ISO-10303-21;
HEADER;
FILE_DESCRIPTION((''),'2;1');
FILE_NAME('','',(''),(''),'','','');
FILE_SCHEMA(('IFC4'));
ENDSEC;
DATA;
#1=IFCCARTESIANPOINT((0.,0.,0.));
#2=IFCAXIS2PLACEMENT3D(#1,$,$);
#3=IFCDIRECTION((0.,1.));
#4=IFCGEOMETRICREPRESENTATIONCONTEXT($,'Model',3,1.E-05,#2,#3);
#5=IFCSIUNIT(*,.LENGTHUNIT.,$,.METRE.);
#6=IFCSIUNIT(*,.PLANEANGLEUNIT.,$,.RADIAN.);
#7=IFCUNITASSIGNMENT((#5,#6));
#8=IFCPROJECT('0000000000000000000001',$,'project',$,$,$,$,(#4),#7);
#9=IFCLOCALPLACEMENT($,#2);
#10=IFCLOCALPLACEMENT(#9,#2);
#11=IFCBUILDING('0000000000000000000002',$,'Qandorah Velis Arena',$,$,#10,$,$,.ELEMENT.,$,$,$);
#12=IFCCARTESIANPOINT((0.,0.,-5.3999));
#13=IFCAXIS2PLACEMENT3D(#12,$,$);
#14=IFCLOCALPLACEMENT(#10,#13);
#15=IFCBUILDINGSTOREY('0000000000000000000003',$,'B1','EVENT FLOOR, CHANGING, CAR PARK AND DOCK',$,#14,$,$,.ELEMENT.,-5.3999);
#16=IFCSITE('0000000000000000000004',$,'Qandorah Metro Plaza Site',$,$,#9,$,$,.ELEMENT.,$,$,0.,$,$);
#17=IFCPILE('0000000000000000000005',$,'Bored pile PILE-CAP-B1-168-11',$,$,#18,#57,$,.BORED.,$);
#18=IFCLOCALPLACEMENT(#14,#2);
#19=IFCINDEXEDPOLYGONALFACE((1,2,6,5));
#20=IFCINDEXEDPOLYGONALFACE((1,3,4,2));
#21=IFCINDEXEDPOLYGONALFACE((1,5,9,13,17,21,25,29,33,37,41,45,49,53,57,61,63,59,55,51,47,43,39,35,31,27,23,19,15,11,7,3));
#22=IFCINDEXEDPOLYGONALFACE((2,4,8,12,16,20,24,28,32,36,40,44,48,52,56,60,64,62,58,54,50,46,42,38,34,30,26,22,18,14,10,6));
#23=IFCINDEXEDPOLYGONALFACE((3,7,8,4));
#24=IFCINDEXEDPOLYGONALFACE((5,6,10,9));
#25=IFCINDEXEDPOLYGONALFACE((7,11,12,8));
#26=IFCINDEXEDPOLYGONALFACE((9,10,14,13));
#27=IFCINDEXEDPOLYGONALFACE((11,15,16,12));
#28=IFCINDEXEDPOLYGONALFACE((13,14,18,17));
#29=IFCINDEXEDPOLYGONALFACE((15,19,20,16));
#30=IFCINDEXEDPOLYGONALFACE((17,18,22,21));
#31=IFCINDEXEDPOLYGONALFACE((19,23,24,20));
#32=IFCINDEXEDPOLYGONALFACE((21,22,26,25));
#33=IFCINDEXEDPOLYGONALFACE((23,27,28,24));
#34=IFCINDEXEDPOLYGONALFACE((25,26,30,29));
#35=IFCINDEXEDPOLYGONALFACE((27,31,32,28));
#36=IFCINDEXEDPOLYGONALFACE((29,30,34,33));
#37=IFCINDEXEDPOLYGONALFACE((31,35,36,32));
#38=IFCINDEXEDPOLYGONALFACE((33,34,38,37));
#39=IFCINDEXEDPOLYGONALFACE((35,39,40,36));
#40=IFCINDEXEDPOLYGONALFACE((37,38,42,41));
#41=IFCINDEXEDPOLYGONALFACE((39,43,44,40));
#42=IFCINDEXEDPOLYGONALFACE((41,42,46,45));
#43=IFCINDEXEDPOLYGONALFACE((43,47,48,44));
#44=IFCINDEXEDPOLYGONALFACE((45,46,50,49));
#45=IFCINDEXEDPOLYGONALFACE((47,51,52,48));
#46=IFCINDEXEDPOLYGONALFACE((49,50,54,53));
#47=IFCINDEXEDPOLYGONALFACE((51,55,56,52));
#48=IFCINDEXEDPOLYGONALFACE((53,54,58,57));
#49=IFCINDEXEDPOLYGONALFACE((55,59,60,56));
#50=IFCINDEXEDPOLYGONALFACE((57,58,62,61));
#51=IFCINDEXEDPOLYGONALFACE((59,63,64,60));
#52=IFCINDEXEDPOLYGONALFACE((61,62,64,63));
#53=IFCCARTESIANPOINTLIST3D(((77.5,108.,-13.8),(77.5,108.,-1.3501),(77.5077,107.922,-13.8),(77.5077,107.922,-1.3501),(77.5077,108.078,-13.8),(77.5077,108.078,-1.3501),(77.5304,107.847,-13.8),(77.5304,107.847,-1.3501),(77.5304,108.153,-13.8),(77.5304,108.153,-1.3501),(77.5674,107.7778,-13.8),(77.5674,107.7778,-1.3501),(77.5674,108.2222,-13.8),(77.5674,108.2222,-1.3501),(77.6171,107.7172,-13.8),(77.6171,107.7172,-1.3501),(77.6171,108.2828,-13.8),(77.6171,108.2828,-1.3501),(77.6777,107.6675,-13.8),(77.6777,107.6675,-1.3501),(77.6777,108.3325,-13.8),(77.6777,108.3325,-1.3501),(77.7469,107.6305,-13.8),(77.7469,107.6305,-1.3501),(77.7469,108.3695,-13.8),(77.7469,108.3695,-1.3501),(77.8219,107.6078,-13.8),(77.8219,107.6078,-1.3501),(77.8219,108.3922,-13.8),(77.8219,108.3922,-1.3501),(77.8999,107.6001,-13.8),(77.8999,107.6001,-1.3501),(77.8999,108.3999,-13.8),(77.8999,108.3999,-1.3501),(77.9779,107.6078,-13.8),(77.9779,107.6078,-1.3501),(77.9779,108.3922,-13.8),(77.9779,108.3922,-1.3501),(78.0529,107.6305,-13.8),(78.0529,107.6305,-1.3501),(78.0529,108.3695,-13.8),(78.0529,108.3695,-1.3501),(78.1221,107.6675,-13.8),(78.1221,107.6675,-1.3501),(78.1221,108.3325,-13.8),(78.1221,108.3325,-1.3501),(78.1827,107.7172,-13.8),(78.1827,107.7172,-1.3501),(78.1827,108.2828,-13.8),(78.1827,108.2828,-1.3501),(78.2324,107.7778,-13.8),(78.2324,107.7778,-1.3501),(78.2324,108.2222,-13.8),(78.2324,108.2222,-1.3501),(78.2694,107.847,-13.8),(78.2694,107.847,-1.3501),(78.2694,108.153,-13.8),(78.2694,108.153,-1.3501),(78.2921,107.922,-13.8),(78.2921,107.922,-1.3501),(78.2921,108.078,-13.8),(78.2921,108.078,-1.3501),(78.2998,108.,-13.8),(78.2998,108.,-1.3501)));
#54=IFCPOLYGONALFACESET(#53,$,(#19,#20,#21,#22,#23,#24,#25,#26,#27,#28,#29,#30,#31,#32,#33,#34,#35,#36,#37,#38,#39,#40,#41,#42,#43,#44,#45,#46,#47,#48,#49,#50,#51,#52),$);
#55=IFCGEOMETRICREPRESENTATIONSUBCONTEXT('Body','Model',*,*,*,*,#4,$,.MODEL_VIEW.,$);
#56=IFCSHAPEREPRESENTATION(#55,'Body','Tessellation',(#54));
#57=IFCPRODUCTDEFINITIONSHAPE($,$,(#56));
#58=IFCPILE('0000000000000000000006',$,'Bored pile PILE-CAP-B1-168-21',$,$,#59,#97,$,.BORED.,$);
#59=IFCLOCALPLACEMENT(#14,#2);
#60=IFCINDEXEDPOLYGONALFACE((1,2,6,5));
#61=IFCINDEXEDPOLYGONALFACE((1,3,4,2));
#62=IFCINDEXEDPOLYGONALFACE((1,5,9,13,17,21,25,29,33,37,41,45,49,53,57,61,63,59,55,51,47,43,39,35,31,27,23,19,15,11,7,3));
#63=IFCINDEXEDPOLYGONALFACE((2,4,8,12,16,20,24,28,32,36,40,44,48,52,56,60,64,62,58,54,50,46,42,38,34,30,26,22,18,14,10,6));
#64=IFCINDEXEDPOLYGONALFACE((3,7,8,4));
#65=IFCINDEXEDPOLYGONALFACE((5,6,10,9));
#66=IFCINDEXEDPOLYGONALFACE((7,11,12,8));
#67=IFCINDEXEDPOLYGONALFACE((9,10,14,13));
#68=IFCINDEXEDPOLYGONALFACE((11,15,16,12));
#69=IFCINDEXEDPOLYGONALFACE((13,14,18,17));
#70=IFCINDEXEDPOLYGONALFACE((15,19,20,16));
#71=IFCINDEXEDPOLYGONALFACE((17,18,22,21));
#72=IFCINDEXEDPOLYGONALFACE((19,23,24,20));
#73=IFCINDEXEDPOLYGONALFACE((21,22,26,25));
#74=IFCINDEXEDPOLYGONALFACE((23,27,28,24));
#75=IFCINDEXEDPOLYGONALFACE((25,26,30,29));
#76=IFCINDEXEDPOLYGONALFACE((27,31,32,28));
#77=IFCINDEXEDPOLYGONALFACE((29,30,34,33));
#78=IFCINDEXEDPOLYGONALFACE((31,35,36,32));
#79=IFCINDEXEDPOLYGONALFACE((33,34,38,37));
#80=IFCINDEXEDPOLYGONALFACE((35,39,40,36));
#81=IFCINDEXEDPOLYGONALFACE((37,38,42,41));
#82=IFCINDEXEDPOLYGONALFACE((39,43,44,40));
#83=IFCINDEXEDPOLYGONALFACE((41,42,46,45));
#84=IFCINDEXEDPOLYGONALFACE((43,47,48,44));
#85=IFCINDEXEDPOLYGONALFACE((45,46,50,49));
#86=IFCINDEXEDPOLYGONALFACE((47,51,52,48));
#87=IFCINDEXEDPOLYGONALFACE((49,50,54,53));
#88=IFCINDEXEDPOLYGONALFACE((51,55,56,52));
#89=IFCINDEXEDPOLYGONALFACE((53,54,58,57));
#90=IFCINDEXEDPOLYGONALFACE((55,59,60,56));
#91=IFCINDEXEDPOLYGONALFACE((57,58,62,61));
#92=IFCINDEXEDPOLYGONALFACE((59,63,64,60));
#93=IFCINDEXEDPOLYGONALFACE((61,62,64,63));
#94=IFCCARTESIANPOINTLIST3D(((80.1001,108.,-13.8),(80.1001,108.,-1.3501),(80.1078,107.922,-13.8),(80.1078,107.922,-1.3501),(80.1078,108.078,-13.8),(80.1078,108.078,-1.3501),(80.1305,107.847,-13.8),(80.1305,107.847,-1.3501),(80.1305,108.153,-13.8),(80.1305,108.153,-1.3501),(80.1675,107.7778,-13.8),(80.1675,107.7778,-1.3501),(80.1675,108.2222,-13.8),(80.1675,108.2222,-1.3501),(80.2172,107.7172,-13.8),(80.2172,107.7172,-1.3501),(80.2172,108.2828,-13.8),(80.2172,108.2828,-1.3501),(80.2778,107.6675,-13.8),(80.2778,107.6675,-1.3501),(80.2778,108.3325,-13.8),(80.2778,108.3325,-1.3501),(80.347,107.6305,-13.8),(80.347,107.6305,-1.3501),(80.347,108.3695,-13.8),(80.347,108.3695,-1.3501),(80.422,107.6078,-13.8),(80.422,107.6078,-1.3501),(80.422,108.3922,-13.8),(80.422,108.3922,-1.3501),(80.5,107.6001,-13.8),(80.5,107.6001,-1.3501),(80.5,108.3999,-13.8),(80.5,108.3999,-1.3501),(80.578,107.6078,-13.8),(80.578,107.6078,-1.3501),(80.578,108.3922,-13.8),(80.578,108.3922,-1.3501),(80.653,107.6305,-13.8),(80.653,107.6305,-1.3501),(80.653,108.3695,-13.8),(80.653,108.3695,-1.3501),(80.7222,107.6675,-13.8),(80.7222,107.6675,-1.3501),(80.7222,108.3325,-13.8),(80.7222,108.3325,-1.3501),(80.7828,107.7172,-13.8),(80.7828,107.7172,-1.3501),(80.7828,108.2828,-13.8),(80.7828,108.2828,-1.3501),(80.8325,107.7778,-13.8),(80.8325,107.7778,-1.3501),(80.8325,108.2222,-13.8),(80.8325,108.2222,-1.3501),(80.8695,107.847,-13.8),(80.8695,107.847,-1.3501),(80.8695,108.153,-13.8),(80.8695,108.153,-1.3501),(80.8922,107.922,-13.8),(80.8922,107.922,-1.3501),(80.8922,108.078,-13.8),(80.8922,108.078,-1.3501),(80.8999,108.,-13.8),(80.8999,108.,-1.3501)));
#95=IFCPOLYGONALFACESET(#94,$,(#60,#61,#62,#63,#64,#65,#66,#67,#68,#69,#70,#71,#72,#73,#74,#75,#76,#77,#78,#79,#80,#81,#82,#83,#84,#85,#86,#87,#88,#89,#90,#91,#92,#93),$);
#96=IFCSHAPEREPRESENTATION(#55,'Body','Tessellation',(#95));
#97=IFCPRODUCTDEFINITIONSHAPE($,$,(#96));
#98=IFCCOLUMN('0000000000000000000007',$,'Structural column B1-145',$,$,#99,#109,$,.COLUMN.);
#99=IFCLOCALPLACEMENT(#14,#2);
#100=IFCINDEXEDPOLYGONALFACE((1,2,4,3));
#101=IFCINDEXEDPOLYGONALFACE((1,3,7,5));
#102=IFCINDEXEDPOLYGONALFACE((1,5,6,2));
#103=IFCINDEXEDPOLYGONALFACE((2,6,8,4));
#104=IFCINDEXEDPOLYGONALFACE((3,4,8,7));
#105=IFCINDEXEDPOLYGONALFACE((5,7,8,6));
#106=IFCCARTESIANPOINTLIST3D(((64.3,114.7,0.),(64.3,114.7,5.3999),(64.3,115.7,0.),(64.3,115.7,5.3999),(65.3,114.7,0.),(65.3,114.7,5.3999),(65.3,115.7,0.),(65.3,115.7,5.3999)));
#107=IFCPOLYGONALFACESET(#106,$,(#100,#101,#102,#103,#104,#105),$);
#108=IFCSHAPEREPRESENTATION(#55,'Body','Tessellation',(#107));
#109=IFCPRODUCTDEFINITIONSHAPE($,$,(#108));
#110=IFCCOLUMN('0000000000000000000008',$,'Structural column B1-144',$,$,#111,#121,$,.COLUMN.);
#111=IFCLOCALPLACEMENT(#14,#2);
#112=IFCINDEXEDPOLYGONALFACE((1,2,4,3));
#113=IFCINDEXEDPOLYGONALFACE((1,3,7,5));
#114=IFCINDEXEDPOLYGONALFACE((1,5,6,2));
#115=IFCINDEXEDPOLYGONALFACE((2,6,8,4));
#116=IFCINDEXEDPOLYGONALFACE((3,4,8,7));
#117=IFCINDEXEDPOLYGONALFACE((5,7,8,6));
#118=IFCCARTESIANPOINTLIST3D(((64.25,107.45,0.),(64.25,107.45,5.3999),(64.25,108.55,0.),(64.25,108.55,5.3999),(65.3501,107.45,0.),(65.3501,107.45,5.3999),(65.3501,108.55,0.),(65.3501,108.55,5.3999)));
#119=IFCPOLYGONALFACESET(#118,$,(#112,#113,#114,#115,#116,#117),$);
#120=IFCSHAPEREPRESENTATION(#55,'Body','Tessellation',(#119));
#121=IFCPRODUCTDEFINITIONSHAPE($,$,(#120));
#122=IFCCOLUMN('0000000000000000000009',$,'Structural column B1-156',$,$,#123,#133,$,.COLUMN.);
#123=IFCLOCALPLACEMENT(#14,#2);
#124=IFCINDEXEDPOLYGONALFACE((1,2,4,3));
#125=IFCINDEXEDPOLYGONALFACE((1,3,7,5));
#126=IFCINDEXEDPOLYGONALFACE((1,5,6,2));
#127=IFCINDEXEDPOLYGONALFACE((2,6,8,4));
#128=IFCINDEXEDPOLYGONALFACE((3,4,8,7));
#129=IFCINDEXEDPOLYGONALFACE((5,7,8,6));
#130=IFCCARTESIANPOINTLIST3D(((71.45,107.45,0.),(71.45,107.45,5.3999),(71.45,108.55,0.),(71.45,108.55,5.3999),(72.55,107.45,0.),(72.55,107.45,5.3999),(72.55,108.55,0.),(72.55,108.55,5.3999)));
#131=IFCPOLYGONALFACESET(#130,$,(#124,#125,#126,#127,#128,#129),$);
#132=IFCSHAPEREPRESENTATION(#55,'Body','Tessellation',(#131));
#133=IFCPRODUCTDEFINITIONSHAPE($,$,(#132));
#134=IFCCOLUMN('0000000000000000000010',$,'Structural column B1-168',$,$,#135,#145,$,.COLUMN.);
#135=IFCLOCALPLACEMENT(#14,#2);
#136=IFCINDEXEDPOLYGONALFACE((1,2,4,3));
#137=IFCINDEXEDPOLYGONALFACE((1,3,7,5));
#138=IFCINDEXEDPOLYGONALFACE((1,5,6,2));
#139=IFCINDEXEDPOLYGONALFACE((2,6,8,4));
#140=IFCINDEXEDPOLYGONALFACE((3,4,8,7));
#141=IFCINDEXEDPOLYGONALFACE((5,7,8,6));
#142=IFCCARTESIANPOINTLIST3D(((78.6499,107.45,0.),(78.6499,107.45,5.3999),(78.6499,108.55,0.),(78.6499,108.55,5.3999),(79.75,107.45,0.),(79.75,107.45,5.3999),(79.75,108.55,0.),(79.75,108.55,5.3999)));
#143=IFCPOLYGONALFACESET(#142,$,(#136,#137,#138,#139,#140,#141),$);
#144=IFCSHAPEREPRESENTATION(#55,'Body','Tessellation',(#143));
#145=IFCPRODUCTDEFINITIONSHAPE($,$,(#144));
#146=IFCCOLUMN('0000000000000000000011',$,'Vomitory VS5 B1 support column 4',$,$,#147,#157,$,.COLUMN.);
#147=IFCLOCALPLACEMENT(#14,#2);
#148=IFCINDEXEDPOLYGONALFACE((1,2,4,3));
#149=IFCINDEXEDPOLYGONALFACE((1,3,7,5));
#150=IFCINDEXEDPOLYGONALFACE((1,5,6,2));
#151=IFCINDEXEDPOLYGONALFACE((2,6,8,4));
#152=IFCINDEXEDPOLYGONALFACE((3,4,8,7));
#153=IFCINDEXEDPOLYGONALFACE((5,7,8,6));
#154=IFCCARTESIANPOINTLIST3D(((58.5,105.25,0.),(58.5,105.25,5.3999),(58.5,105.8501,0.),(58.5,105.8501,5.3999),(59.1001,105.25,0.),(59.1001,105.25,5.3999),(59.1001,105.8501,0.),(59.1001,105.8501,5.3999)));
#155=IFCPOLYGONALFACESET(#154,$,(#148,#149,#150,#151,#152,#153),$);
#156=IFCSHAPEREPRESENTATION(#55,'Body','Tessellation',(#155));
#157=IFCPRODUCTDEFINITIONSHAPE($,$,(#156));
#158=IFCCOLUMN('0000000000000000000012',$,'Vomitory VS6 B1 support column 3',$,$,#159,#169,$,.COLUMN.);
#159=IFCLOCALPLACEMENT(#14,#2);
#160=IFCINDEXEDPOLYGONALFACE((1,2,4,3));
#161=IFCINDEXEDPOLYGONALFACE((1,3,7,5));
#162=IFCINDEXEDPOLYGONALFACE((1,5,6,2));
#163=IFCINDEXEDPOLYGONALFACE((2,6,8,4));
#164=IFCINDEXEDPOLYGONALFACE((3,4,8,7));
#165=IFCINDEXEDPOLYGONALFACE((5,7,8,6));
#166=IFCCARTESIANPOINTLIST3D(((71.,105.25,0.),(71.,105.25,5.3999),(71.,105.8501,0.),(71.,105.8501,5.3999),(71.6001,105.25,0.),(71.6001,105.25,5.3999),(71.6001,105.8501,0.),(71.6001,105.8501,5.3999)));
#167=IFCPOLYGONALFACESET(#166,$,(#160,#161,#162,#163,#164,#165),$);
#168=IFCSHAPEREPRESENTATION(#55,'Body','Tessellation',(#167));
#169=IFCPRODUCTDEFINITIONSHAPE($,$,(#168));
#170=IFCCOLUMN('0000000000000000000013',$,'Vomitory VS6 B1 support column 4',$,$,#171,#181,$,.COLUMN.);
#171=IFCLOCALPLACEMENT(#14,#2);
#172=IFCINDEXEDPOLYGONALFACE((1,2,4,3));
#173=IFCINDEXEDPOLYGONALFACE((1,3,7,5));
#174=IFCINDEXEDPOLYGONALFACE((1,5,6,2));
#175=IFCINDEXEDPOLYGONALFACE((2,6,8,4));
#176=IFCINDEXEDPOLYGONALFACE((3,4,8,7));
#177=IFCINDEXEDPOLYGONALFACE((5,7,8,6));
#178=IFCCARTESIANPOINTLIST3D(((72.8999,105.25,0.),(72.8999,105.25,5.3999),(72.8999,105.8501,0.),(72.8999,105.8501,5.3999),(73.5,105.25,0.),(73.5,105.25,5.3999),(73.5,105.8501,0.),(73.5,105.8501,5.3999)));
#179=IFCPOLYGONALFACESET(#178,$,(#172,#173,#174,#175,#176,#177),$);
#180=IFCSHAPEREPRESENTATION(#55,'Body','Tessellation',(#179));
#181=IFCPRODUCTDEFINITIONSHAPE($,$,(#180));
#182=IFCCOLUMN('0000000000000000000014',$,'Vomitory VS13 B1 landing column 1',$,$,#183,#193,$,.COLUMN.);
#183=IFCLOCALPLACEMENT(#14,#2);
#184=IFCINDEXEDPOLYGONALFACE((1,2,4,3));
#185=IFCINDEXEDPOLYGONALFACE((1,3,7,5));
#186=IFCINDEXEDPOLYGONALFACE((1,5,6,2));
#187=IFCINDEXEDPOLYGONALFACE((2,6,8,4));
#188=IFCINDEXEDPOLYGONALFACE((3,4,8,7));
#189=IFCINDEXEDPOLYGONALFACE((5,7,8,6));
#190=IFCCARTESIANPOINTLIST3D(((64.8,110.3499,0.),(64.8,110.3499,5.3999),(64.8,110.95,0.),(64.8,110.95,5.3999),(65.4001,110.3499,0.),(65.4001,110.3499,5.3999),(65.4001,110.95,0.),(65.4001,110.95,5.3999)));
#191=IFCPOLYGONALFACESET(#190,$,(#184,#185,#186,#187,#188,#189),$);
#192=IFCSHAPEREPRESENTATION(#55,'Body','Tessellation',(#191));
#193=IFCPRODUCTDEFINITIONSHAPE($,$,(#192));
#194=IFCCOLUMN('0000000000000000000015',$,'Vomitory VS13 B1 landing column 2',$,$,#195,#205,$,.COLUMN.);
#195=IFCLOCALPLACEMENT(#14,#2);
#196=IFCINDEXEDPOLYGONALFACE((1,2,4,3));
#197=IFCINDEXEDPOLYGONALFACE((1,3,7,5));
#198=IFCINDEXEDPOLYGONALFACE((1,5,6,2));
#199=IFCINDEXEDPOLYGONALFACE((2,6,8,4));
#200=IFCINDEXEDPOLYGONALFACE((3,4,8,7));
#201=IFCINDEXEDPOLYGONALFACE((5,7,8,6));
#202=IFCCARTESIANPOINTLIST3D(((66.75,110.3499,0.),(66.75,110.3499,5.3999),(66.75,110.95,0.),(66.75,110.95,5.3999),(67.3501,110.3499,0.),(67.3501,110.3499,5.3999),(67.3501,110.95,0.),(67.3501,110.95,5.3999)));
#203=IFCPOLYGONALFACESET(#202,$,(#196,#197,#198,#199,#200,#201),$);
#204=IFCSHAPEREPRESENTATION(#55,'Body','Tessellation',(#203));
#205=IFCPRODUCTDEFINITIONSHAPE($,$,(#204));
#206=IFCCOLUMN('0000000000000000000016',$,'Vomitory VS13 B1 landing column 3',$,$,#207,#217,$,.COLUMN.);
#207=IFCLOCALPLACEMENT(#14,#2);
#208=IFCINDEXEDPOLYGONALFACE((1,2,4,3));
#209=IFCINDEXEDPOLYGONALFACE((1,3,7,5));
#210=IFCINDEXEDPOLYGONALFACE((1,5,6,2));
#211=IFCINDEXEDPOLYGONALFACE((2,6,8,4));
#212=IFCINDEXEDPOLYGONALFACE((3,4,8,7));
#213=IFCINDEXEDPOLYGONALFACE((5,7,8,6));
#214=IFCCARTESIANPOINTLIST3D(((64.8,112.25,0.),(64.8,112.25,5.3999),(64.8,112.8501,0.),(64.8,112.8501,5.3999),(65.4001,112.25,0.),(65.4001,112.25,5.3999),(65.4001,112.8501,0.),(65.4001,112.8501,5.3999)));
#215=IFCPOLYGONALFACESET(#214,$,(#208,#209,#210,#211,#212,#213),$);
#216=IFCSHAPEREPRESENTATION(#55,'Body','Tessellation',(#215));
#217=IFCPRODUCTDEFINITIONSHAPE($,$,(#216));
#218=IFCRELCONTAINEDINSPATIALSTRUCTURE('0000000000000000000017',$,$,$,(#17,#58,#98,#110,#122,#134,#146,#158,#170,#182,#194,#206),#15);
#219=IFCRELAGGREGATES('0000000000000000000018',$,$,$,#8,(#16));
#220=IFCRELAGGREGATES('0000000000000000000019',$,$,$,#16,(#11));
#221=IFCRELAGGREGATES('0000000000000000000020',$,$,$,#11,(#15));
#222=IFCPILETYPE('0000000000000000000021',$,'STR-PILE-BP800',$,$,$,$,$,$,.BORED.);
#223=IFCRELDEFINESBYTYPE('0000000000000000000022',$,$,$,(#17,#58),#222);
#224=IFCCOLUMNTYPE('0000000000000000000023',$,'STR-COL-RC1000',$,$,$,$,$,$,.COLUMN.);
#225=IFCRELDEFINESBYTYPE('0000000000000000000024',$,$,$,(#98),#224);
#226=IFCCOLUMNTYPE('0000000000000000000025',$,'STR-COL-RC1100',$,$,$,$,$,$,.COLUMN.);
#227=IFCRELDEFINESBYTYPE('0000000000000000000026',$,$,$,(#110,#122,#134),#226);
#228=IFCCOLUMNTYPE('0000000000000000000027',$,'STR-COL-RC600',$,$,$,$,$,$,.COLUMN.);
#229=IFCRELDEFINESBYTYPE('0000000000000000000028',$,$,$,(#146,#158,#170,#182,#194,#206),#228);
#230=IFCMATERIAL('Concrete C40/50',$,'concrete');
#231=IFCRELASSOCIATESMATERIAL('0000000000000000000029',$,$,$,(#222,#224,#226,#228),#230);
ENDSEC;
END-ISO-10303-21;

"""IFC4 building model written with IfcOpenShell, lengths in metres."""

from ifc_helpers import new_model, si_unit, direction, frame, origin, origin_2d, place, context, subcontext, project, spatial, rectangle, circle, extrude, material, material_profile, profile_set, type_object, element, save


model = new_model("IFC4")

# Units and contexts
model_context = context("Model", 3, precision=1e-05, world=origin(), true_north=direction((0.0, 1.0)))
body_context = subcontext(model_context, "Body", "Model", "MODEL_VIEW")
ifc_project = project(units=[si_unit("LENGTHUNIT", "METRE"), si_unit("PLANEANGLEUNIT", "RADIAN")], contexts=[model_context])

# Site, building, storey
site_placement = place(None, origin())
site = spatial("IfcSite", under=ifc_project, at=site_placement, Name="Qandorah Metro Plaza Site", CompositionType="ELEMENT", RefElevation=0.0)
building_placement = place(site_placement, origin())
building = spatial("IfcBuilding", under=site, at=building_placement, Name="Qandorah Velis Arena", CompositionType="ELEMENT")
storey_placement = place(building_placement, frame((0.0, 0.0, -5.3999)))
storey = spatial("IfcBuildingStorey", under=building, at=storey_placement, Name="B1", Description="EVENT FLOOR, CHANGING, CAR PARK AND DOCK", CompositionType="ELEMENT", Elevation=-5.3999)

# Shared definitions
ifc_material_1 = material(Name="Concrete C40/50", Category="concrete")

# Piles
ifc_material_profile_1 = material_profile(ifc_material_1, circle(Radius=0.3999, at=origin_2d()), Name="BORED PILE D800")
ifc_profile_set_1 = profile_set([ifc_material_profile_1], Name="Concrete C40/50")
pile_type_1 = type_object("IfcPileType", Name="STR-PILE-BP800", PredefinedType="BORED", material=ifc_profile_set_1)
for number, where, z_axis, x_axis, name in (
    (1, (77.8999, 108.0, -1.3501), (0.0, 0.0, -1.0), (1.0, 0.0, 0.0), "Bored pile PILE-CAP-B1-168-11"),
    (2, (80.5, 108.0, -1.3501), (0.0, 0.0, -1.0), (1.0, 0.0, 0.0), "Bored pile PILE-CAP-B1-168-21"),
):
    element("IfcPile", number, at=place(storey_placement, frame(where, z_axis=z_axis, x_axis=x_axis)), inside=storey, type_object=pile_type_1, Name=name, PredefinedType="BORED", context=body_context, shape_type="SweptSolid", body=[
        extrude(circle(Radius=0.3999, at=origin_2d()), origin(), (0.0, 0.0, 1.0), 12.45),
    ])

# Columns
ifc_material_profile_2 = material_profile(ifc_material_1, rectangle(XDim=1.0, YDim=1.0, at=origin_2d()), Name="RC COL 1000x1000")
ifc_profile_set_2 = profile_set([ifc_material_profile_2], Name="Concrete C40/50")
column_type_1 = type_object("IfcColumnType", Name="STR-COL-RC1000", PredefinedType="COLUMN", material=ifc_profile_set_2)
column_1_placement = place(storey_placement, frame((64.8, 115.2, 0.0), z_axis=(0.0, 0.0, 1.0), x_axis=(1.0, 0.0, 0.0)))
element("IfcColumn", 3, at=column_1_placement, inside=storey, type_object=column_type_1, Name="Structural column B1-145", PredefinedType="COLUMN", context=body_context, shape_type="SweptSolid", body=[
    extrude(rectangle(XDim=1.0, YDim=1.0, at=origin_2d()), origin(), (0.0, 0.0, 1.0), 5.3999),
])
ifc_material_profile_3 = material_profile(ifc_material_1, rectangle(XDim=1.1001, YDim=1.1001, at=origin_2d()), Name="RC COL 1100x1100")
ifc_profile_set_3 = profile_set([ifc_material_profile_3], Name="Concrete C40/50")
column_type_2 = type_object("IfcColumnType", Name="STR-COL-RC1100", PredefinedType="COLUMN", material=ifc_profile_set_3)
for number, where, z_axis, x_axis, name in (
    (4, (64.8, 108.0, 0.0), (0.0, 0.0, 1.0), (1.0, 0.0, 0.0), "Structural column B1-144"),
    (5, (72.0, 108.0, 0.0), (0.0, 0.0, 1.0), (1.0, 0.0, 0.0), "Structural column B1-156"),
    (6, (79.2, 108.0, 0.0), (0.0, 0.0, 1.0), (1.0, 0.0, 0.0), "Structural column B1-168"),
):
    element("IfcColumn", number, at=place(storey_placement, frame(where, z_axis=z_axis, x_axis=x_axis)), inside=storey, type_object=column_type_2, Name=name, PredefinedType="COLUMN", context=body_context, shape_type="SweptSolid", body=[
        extrude(rectangle(XDim=1.1001, YDim=1.1001, at=origin_2d()), origin(), (0.0, 0.0, 1.0), 5.3999),
    ])
ifc_material_profile_4 = material_profile(ifc_material_1, rectangle(XDim=0.6001, YDim=0.6001, at=origin_2d()), Name="RC COL 600x600")
ifc_profile_set_4 = profile_set([ifc_material_profile_4], Name="Concrete C40/50")
column_type_3 = type_object("IfcColumnType", Name="STR-COL-RC600", PredefinedType="COLUMN", material=ifc_profile_set_4)
for number, where, z_axis, x_axis, name in (
    (7, (58.8, 105.55, 0.0), (0.0, 0.0, 1.0), (1.0, 0.0, 0.0), "Vomitory VS5 B1 support column 4"),
    (8, (71.3, 105.55, 0.0), (0.0, 0.0, 1.0), (1.0, 0.0, 0.0), "Vomitory VS6 B1 support column 3"),
    (9, (73.2, 105.55, 0.0), (0.0, 0.0, 1.0), (1.0, 0.0, 0.0), "Vomitory VS6 B1 support column 4"),
    (10, (65.1001, 110.6499, 0.0), (0.0, 0.0, 1.0), (1.0, 0.0, 0.0), "Vomitory VS13 B1 landing column 1"),
    (11, (67.05, 110.6499, 0.0), (0.0, 0.0, 1.0), (1.0, 0.0, 0.0), "Vomitory VS13 B1 landing column 2"),
    (12, (65.1001, 112.55, 0.0), (0.0, 0.0, 1.0), (1.0, 0.0, 0.0), "Vomitory VS13 B1 landing column 3"),
):
    element("IfcColumn", number, at=place(storey_placement, frame(where, z_axis=z_axis, x_axis=x_axis)), inside=storey, type_object=column_type_3, Name=name, PredefinedType="COLUMN", context=body_context, shape_type="SweptSolid", body=[
        extrude(rectangle(XDim=0.6001, YDim=0.6001, at=origin_2d()), origin(), (0.0, 0.0, 1.0), 5.3999),
    ])

save(model, "model.ifc")
